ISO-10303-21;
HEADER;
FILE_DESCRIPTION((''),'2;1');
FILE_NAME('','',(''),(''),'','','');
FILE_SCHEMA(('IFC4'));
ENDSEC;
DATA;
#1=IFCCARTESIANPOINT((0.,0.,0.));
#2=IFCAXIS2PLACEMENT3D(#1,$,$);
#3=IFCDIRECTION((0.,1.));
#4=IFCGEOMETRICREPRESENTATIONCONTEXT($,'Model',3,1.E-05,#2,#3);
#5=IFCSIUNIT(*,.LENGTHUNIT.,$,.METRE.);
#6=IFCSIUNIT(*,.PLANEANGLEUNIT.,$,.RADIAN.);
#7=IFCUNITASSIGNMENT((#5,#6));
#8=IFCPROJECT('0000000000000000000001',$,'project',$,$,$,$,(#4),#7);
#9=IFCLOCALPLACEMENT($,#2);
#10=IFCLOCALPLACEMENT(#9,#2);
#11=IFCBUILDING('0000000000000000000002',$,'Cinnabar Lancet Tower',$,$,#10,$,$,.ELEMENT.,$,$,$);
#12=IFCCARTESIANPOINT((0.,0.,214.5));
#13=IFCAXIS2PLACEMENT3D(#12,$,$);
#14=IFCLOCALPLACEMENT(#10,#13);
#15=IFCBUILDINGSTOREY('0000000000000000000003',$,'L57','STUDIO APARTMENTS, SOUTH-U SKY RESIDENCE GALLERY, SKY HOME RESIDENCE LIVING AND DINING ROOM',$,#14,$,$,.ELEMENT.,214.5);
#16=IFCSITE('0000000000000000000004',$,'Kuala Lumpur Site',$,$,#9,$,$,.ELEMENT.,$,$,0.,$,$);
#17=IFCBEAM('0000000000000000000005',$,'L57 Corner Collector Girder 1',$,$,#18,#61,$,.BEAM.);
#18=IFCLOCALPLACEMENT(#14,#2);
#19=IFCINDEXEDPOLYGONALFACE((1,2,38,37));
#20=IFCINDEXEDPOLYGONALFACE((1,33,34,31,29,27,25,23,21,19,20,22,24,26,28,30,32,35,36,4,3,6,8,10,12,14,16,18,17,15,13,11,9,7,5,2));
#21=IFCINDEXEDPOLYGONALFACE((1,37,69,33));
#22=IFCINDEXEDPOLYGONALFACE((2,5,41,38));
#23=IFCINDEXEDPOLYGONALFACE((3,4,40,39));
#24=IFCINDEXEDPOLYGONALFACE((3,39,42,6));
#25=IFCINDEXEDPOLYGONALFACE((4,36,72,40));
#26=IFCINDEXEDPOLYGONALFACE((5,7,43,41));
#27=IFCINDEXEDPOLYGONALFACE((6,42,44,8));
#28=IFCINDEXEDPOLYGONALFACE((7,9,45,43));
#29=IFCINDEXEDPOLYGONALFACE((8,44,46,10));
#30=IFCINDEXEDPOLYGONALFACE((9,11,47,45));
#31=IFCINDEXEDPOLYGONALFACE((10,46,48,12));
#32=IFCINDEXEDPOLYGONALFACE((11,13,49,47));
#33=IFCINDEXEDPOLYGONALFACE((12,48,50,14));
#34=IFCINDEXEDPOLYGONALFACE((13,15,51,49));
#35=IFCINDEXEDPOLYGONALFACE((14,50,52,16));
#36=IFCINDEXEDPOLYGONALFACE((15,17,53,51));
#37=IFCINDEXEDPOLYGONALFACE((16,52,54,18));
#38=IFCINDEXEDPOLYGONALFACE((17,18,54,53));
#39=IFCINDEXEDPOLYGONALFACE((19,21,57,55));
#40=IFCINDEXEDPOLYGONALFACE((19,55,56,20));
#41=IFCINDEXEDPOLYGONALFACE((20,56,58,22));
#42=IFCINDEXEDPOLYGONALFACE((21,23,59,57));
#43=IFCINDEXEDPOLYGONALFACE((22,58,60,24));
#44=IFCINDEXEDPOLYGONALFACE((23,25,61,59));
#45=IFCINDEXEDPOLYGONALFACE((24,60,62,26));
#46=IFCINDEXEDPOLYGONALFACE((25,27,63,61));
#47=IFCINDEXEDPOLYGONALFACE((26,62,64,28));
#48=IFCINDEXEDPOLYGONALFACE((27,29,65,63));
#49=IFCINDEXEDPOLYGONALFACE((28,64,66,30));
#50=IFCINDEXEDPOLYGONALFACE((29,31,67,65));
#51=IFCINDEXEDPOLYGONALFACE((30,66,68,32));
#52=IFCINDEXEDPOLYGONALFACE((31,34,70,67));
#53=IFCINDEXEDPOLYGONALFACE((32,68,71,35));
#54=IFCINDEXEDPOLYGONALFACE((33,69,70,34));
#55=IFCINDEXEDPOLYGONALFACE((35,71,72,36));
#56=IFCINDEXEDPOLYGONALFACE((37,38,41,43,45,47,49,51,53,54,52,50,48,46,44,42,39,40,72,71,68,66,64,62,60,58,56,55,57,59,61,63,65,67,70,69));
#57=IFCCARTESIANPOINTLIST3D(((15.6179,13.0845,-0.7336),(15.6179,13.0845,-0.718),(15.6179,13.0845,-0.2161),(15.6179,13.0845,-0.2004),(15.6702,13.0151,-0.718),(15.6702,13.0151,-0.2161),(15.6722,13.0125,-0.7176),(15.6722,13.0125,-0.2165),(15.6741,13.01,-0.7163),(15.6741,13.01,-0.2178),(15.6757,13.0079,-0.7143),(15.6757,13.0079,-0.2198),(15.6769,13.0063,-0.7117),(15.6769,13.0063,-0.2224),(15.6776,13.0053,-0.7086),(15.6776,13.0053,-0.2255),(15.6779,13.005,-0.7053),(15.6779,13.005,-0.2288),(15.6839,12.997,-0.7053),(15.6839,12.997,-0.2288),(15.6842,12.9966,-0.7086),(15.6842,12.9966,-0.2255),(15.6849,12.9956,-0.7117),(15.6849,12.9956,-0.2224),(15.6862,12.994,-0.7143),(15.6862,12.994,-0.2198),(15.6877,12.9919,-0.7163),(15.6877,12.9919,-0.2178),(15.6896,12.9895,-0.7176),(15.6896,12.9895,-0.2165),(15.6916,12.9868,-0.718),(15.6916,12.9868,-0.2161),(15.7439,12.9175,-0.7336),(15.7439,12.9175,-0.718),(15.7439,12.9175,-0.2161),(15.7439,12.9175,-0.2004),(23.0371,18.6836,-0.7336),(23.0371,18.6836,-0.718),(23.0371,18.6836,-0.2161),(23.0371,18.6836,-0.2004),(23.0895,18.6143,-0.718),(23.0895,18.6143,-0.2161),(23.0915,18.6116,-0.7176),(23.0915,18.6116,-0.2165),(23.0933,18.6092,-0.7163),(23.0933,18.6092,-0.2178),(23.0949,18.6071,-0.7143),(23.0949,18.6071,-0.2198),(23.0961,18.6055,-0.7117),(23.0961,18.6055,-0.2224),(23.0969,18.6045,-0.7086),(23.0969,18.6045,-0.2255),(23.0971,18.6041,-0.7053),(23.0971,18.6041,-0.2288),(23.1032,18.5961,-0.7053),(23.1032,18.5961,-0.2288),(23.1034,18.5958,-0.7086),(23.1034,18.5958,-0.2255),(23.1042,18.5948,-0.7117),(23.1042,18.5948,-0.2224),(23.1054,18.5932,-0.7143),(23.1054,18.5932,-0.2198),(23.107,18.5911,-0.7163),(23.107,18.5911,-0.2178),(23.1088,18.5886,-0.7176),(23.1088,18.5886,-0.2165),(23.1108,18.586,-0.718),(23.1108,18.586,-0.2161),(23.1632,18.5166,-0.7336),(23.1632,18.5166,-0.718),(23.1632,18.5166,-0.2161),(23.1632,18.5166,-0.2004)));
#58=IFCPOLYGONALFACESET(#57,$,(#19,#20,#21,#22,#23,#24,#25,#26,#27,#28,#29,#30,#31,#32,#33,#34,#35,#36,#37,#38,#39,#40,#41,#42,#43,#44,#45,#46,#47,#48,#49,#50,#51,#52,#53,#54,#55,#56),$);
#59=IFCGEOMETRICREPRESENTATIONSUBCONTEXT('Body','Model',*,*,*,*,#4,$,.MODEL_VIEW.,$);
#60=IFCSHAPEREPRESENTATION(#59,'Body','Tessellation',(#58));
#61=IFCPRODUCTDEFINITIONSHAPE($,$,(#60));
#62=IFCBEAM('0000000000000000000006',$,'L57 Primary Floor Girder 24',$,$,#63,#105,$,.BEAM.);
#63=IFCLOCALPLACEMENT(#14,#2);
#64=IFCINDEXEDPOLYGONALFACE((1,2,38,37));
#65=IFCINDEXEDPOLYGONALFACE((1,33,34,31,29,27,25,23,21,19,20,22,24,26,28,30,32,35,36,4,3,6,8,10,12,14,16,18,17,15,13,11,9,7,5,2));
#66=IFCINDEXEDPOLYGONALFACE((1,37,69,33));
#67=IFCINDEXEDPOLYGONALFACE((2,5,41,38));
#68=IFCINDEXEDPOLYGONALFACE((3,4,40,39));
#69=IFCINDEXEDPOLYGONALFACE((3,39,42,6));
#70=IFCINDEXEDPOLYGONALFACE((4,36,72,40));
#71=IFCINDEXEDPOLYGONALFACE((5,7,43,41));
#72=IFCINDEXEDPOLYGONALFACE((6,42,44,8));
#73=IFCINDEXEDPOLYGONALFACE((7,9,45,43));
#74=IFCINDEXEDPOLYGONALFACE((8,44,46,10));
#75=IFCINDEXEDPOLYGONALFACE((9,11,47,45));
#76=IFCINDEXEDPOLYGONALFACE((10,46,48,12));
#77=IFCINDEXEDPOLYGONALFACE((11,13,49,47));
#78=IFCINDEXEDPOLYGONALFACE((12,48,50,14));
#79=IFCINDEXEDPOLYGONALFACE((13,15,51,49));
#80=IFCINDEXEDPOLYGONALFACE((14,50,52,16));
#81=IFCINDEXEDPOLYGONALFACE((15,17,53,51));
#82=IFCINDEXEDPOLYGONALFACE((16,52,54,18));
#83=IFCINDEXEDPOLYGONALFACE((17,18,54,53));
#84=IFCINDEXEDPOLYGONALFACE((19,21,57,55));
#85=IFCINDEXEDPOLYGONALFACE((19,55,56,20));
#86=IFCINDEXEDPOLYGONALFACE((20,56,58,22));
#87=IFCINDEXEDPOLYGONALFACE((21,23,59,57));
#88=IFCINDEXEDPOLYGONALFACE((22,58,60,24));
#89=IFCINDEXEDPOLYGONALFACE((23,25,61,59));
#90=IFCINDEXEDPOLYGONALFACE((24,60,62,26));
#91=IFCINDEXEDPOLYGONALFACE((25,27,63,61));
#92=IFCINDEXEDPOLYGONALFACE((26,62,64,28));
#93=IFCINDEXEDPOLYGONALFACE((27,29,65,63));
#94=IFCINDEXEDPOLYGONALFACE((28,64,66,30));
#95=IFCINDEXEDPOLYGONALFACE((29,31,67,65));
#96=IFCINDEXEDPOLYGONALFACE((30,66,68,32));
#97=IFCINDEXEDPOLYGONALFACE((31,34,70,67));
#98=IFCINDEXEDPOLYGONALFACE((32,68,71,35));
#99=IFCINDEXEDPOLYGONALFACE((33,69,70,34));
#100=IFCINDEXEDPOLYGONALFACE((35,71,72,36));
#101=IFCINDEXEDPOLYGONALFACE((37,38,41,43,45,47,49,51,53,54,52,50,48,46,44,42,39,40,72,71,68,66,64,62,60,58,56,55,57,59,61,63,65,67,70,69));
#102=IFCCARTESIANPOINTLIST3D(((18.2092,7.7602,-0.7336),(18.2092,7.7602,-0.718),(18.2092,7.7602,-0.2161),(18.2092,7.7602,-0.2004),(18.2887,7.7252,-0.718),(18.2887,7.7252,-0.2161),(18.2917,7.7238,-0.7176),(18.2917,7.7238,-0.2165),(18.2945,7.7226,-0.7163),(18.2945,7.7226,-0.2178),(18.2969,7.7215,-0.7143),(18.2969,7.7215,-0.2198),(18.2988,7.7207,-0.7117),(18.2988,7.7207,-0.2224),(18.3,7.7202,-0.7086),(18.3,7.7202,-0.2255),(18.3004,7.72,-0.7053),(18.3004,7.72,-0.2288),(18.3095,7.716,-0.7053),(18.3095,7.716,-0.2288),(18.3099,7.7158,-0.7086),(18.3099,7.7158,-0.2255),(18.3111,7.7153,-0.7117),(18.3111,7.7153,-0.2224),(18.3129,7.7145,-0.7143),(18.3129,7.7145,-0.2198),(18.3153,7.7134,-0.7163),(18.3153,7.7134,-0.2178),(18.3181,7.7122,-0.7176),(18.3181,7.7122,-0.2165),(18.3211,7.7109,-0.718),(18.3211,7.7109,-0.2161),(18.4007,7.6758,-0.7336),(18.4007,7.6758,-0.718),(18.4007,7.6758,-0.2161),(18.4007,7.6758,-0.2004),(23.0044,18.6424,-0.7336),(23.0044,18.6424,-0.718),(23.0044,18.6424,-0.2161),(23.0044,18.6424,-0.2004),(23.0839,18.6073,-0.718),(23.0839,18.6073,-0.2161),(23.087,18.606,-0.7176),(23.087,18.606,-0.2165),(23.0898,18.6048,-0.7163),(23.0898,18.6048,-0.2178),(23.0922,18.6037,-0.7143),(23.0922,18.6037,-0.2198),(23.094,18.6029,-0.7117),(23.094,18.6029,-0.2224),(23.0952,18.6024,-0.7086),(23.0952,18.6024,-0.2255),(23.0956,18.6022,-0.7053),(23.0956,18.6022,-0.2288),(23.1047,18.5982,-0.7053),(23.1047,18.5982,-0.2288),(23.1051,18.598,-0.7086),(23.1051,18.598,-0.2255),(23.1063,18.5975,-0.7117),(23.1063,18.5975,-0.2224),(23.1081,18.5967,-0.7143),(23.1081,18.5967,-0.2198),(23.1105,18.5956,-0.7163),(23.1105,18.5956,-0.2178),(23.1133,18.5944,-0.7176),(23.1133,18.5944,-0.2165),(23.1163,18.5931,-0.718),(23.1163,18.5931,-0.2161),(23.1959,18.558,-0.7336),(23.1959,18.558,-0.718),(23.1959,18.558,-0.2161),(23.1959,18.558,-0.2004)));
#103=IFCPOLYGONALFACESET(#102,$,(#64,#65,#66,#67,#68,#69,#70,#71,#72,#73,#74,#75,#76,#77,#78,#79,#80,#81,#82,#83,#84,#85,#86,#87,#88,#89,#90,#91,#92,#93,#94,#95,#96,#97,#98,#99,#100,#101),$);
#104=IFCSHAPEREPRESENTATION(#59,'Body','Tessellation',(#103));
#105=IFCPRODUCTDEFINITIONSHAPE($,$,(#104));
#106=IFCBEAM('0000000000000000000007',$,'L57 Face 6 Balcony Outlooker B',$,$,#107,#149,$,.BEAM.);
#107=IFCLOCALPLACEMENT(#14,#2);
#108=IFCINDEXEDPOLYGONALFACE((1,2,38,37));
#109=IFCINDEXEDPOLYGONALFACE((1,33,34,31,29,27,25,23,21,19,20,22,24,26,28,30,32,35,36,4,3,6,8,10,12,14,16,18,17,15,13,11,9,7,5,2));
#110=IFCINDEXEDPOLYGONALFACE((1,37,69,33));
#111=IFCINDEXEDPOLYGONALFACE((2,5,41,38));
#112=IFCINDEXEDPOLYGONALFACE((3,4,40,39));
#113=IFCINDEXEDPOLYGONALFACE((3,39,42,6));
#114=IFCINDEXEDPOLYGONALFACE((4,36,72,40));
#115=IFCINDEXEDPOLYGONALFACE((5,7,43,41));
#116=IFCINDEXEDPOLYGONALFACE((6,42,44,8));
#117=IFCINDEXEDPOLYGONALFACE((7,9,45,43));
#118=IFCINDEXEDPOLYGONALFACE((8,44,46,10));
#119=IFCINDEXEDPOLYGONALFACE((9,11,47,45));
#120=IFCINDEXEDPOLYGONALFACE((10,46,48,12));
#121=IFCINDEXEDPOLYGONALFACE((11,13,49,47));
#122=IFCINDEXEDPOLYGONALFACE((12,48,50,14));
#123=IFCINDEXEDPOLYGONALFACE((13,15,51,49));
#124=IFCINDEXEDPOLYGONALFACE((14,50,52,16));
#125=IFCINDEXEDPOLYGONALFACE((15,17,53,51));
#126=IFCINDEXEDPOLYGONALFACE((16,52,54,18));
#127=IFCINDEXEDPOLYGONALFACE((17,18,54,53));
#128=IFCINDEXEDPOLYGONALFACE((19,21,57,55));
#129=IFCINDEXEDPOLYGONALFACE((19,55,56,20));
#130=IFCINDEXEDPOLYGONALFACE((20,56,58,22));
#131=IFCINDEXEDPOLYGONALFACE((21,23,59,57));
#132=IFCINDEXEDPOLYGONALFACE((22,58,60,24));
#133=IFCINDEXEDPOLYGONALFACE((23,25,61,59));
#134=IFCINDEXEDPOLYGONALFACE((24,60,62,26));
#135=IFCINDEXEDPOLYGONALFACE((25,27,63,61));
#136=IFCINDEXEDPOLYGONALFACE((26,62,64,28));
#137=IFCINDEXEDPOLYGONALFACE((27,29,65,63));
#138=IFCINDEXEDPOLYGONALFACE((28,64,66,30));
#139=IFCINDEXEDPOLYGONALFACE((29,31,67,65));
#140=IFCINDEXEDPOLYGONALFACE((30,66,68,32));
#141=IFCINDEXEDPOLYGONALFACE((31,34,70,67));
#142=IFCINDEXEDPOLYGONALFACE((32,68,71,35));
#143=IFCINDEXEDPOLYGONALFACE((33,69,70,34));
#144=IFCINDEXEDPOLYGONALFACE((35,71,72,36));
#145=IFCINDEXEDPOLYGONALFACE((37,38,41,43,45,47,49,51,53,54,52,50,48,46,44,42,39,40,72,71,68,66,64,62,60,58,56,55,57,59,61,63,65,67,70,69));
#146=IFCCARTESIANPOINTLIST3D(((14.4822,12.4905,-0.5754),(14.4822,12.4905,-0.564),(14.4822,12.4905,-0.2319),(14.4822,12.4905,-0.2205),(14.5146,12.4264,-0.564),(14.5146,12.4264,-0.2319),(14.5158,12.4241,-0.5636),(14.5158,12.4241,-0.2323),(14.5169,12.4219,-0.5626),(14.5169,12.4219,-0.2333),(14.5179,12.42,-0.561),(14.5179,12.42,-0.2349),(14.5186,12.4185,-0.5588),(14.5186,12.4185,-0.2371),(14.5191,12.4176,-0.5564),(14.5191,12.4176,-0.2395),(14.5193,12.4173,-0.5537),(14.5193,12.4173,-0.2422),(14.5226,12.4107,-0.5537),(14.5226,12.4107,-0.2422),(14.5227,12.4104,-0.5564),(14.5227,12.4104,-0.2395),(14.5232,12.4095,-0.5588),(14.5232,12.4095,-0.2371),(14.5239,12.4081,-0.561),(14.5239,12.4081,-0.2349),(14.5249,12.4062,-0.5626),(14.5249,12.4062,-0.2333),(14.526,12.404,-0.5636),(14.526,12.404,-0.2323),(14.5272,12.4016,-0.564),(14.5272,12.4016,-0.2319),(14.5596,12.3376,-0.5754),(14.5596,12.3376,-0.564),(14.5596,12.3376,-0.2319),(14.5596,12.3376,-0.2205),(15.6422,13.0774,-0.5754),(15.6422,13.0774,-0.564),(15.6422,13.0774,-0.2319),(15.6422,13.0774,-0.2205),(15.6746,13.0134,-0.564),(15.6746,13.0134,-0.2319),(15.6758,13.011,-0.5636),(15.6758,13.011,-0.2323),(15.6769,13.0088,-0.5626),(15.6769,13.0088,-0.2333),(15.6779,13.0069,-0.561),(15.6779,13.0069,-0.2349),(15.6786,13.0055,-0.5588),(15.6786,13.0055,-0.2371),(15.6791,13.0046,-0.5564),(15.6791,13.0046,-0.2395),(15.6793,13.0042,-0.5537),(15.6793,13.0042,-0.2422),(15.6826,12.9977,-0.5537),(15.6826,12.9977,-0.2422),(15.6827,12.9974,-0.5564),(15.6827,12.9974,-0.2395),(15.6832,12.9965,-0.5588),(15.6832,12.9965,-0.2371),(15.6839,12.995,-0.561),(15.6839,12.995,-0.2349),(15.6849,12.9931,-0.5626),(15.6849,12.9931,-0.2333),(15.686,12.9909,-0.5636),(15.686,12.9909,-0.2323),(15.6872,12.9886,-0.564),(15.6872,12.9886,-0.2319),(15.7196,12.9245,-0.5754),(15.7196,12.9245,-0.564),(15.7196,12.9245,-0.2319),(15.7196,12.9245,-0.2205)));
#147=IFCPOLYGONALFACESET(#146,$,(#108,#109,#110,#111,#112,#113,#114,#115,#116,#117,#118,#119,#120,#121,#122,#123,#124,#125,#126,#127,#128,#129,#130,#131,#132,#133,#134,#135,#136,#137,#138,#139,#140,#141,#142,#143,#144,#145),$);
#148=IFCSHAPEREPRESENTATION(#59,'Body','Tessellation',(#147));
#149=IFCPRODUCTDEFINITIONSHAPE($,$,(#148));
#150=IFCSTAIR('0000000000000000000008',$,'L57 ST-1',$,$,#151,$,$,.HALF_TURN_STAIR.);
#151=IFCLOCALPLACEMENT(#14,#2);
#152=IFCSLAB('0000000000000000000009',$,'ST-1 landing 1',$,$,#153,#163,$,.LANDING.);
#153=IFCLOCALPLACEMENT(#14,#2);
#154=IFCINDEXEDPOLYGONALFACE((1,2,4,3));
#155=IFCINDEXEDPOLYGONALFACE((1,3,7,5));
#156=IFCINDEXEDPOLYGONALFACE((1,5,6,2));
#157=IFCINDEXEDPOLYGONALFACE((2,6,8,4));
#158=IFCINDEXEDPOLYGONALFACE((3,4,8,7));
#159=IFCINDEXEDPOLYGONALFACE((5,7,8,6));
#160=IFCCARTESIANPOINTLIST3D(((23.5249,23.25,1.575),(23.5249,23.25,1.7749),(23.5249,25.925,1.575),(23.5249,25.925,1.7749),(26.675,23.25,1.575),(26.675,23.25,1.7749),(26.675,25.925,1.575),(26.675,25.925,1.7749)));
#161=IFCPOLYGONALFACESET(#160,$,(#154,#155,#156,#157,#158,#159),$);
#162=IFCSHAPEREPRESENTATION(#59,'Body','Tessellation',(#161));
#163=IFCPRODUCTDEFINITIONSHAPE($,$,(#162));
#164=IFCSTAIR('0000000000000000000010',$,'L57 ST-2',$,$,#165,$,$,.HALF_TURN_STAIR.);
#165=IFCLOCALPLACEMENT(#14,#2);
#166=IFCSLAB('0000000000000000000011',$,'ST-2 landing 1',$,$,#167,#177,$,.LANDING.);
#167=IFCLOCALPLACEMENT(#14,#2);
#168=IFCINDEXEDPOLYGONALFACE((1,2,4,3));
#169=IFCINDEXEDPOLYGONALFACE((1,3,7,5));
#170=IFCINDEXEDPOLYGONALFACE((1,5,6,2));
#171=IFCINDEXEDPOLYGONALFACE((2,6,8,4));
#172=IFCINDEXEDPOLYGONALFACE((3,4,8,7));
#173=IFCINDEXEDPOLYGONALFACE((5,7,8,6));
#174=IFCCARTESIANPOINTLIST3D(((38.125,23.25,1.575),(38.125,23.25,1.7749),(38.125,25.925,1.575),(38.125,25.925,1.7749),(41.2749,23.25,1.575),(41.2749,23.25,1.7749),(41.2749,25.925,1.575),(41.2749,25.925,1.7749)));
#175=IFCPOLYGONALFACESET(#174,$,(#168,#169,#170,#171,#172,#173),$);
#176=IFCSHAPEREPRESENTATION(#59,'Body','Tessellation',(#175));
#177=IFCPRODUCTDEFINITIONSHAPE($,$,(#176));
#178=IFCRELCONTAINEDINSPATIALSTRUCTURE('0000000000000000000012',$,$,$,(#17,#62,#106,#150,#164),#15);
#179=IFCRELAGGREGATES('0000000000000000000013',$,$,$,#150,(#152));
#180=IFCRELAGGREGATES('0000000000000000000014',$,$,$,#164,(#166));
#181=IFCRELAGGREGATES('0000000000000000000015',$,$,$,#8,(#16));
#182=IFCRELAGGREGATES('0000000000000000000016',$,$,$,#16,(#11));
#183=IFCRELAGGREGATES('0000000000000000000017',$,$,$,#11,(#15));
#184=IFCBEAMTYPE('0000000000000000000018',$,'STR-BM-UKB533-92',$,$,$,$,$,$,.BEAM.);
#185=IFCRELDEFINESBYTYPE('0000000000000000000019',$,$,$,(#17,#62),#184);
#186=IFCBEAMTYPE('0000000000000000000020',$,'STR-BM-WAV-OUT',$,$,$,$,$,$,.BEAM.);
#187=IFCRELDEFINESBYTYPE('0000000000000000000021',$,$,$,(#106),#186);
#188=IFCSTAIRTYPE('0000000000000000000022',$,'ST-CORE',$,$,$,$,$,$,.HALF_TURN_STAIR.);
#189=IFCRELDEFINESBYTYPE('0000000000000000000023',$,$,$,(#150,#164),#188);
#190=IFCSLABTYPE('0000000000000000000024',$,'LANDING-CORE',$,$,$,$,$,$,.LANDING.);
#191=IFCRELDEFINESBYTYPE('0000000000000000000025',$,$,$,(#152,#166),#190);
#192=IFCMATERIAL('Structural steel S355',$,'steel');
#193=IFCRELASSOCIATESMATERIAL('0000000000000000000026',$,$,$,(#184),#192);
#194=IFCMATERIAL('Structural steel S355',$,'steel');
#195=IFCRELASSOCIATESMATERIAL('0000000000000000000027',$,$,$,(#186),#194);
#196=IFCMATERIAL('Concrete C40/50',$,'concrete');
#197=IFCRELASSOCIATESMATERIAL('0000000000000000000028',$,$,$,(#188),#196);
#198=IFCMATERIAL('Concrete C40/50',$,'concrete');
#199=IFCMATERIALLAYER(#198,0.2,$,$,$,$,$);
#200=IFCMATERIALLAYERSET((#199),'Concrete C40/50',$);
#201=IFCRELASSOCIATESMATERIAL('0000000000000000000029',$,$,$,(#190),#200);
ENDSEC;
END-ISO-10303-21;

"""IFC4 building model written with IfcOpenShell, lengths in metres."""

from ifc_helpers import new_model, si_unit, direction, frame, origin, origin_2d, place, context, subcontext, project, spatial, polyline, i_section, outline, extrude, material, layer, layer_set, material_profile, profile_set, type_object, element, aggregate, save


model = new_model("IFC4")

# Units and contexts
model_context = context("Model", 3, precision=1e-05, world=origin(), true_north=direction((0.0, 1.0)))
body_context = subcontext(model_context, "Body", "Model", "MODEL_VIEW")
ifc_project = project(units=[si_unit("LENGTHUNIT", "METRE"), si_unit("PLANEANGLEUNIT", "RADIAN")], contexts=[model_context])

# Site, building, storey
site_placement = place(None, origin())
site = spatial("IfcSite", under=ifc_project, at=site_placement, Name="Kuala Lumpur Site", CompositionType="ELEMENT", RefElevation=0.0)
building_placement = place(site_placement, origin())
building = spatial("IfcBuilding", under=site, at=building_placement, Name="Cinnabar Lancet Tower", CompositionType="ELEMENT")
storey_placement = place(building_placement, frame((0.0, 0.0, 214.5)))
storey = spatial("IfcBuildingStorey", under=building, at=storey_placement, Name="L57", Description="STUDIO APARTMENTS, SOUTH-U SKY RESIDENCE GALLERY, SKY HOME RESIDENCE LIVING AND DINING ROOM", CompositionType="ELEMENT", Elevation=214.5)

# Beams
ifc_material_1 = material(Name="Structural steel S355", Category="steel")
ifc_material_profile_1 = material_profile(ifc_material_1, i_section(OverallWidth=0.2092, OverallDepth=0.5332, WebThickness=0.01, FlangeThickness=0.0156, FilletRadius=0.0127, at=origin_2d()), Name="UKB 533x210x92")
ifc_profile_set_1 = profile_set([ifc_material_profile_1], Name="Structural steel S355")
beam_type_1 = type_object("IfcBeamType", Name="STR-BM-UKB533-92", PredefinedType="BEAM", material=ifc_profile_set_1)
beam_1_placement = place(storey_placement, frame((15.6809, 13.001, -0.467), z_axis=(0.798203, 0.602389, 0.0), x_axis=(-0.602389, 0.798203, 0.0)))
element("IfcBeam", 1, at=beam_1_placement, inside=storey, type_object=beam_type_1, Name="L57 Corner Collector Girder 1", PredefinedType="BEAM", context=body_context, shape_type="SweptSolid", body=[
    extrude(i_section(OverallWidth=0.2092, OverallDepth=0.5332, WebThickness=0.01, FlangeThickness=0.0156, FilletRadius=0.0127, at=origin_2d()), origin(), (0.0, 0.0, 1.0), 9.2949),
])
beam_2_placement = place(storey_placement, frame((18.3049, 7.718, -0.467), z_axis=(0.403235, 0.915096, 0.0), x_axis=(-0.915096, 0.403235, 0.0)))
element("IfcBeam", 2, at=beam_2_placement, inside=storey, type_object=beam_type_1, Name="L57 Primary Floor Girder 24", PredefinedType="BEAM", context=body_context, shape_type="SweptSolid", body=[
    extrude(i_section(OverallWidth=0.2092, OverallDepth=0.5332, WebThickness=0.01, FlangeThickness=0.0156, FilletRadius=0.0127, at=origin_2d()), origin(), (0.0, 0.0, 1.0), 11.8918),
])
ifc_material_2 = material(Name="Structural steel S355", Category="steel")
ifc_material_profile_2 = material_profile(ifc_material_2, i_section(OverallWidth=0.1714, OverallDepth=0.355, WebThickness=0.0073, FlangeThickness=0.0115, FilletRadius=0.0103, at=origin_2d()), Name="UKB 356x171x51")
ifc_profile_set_2 = profile_set([ifc_material_profile_2], Name="Structural steel S355")
beam_type_2 = type_object("IfcBeamType", Name="STR-BM-WAV-OUT", PredefinedType="BEAM", material=ifc_profile_set_2)
beam_3_placement = place(storey_placement, frame((15.6809, 13.001, -0.3979), z_axis=(-0.892276, -0.45149, 0.0), x_axis=(0.45149, -0.892276, 0.0)))
element("IfcBeam", 3, at=beam_3_placement, inside=storey, type_object=beam_type_2, Name="L57 Face 6 Balcony Outlooker B", PredefinedType="BEAM", context=body_context, shape_type="SweptSolid", body=[
    extrude(i_section(OverallWidth=0.1714, OverallDepth=0.355, WebThickness=0.0073, FlangeThickness=0.0115, FilletRadius=0.0103, at=origin_2d()), origin(), (0.0, 0.0, 1.0), 1.3),
])

# Stairs, slabs
ifc_material_3 = material(Name="Concrete C40/50", Category="concrete")
stair_type = type_object("IfcStairType", Name="ST-CORE", PredefinedType="HALF_TURN_STAIR", material=ifc_material_3)
stair_1_placement = place(storey_placement, origin())
stair_1 = element("IfcStair", 4, at=stair_1_placement, inside=storey, type_object=stair_type, Name="L57 ST-1", PredefinedType="HALF_TURN_STAIR")
ifc_material_4 = material(Name="Concrete C40/50", Category="concrete")
ifc_layer_1 = layer(ifc_material_4, 0.2)
ifc_layer_set_1 = layer_set([ifc_layer_1], Name="Concrete C40/50")
slab_type_1 = type_object("IfcSlabType", Name="LANDING-CORE", PredefinedType="LANDING", material=ifc_layer_set_1)
slab_1_placement = place(storey_placement, frame((0.0, 0.0, 1.575)))
slab_1 = element("IfcSlab", 5, at=slab_1_placement, type_object=slab_type_1, Name="ST-1 landing 1", PredefinedType="LANDING", context=body_context, shape_type="SweptSolid", body=[
    extrude(outline(polyline([(23.5249, 25.925), (23.5249, 23.25), (26.675, 23.25), (26.675, 25.925), (23.5249, 25.925)])), origin(), (0.0, 0.0, 1.0), 0.2),
])
aggregate(stair_1, [slab_1])
stair_2_placement = place(storey_placement, origin())
stair_2 = element("IfcStair", 6, at=stair_2_placement, inside=storey, type_object=stair_type, Name="L57 ST-2", PredefinedType="HALF_TURN_STAIR")
slab_2_placement = place(storey_placement, frame((0.0, 0.0, 1.575)))
slab_2 = element("IfcSlab", 7, at=slab_2_placement, type_object=slab_type_1, Name="ST-2 landing 1", PredefinedType="LANDING", context=body_context, shape_type="SweptSolid", body=[
    extrude(outline(polyline([(38.125, 25.925), (38.125, 23.25), (41.2749, 23.25), (41.2749, 25.925), (38.125, 25.925)])), origin(), (0.0, 0.0, 1.0), 0.2),
])
aggregate(stair_2, [slab_2])

save(model, "model.ifc")
